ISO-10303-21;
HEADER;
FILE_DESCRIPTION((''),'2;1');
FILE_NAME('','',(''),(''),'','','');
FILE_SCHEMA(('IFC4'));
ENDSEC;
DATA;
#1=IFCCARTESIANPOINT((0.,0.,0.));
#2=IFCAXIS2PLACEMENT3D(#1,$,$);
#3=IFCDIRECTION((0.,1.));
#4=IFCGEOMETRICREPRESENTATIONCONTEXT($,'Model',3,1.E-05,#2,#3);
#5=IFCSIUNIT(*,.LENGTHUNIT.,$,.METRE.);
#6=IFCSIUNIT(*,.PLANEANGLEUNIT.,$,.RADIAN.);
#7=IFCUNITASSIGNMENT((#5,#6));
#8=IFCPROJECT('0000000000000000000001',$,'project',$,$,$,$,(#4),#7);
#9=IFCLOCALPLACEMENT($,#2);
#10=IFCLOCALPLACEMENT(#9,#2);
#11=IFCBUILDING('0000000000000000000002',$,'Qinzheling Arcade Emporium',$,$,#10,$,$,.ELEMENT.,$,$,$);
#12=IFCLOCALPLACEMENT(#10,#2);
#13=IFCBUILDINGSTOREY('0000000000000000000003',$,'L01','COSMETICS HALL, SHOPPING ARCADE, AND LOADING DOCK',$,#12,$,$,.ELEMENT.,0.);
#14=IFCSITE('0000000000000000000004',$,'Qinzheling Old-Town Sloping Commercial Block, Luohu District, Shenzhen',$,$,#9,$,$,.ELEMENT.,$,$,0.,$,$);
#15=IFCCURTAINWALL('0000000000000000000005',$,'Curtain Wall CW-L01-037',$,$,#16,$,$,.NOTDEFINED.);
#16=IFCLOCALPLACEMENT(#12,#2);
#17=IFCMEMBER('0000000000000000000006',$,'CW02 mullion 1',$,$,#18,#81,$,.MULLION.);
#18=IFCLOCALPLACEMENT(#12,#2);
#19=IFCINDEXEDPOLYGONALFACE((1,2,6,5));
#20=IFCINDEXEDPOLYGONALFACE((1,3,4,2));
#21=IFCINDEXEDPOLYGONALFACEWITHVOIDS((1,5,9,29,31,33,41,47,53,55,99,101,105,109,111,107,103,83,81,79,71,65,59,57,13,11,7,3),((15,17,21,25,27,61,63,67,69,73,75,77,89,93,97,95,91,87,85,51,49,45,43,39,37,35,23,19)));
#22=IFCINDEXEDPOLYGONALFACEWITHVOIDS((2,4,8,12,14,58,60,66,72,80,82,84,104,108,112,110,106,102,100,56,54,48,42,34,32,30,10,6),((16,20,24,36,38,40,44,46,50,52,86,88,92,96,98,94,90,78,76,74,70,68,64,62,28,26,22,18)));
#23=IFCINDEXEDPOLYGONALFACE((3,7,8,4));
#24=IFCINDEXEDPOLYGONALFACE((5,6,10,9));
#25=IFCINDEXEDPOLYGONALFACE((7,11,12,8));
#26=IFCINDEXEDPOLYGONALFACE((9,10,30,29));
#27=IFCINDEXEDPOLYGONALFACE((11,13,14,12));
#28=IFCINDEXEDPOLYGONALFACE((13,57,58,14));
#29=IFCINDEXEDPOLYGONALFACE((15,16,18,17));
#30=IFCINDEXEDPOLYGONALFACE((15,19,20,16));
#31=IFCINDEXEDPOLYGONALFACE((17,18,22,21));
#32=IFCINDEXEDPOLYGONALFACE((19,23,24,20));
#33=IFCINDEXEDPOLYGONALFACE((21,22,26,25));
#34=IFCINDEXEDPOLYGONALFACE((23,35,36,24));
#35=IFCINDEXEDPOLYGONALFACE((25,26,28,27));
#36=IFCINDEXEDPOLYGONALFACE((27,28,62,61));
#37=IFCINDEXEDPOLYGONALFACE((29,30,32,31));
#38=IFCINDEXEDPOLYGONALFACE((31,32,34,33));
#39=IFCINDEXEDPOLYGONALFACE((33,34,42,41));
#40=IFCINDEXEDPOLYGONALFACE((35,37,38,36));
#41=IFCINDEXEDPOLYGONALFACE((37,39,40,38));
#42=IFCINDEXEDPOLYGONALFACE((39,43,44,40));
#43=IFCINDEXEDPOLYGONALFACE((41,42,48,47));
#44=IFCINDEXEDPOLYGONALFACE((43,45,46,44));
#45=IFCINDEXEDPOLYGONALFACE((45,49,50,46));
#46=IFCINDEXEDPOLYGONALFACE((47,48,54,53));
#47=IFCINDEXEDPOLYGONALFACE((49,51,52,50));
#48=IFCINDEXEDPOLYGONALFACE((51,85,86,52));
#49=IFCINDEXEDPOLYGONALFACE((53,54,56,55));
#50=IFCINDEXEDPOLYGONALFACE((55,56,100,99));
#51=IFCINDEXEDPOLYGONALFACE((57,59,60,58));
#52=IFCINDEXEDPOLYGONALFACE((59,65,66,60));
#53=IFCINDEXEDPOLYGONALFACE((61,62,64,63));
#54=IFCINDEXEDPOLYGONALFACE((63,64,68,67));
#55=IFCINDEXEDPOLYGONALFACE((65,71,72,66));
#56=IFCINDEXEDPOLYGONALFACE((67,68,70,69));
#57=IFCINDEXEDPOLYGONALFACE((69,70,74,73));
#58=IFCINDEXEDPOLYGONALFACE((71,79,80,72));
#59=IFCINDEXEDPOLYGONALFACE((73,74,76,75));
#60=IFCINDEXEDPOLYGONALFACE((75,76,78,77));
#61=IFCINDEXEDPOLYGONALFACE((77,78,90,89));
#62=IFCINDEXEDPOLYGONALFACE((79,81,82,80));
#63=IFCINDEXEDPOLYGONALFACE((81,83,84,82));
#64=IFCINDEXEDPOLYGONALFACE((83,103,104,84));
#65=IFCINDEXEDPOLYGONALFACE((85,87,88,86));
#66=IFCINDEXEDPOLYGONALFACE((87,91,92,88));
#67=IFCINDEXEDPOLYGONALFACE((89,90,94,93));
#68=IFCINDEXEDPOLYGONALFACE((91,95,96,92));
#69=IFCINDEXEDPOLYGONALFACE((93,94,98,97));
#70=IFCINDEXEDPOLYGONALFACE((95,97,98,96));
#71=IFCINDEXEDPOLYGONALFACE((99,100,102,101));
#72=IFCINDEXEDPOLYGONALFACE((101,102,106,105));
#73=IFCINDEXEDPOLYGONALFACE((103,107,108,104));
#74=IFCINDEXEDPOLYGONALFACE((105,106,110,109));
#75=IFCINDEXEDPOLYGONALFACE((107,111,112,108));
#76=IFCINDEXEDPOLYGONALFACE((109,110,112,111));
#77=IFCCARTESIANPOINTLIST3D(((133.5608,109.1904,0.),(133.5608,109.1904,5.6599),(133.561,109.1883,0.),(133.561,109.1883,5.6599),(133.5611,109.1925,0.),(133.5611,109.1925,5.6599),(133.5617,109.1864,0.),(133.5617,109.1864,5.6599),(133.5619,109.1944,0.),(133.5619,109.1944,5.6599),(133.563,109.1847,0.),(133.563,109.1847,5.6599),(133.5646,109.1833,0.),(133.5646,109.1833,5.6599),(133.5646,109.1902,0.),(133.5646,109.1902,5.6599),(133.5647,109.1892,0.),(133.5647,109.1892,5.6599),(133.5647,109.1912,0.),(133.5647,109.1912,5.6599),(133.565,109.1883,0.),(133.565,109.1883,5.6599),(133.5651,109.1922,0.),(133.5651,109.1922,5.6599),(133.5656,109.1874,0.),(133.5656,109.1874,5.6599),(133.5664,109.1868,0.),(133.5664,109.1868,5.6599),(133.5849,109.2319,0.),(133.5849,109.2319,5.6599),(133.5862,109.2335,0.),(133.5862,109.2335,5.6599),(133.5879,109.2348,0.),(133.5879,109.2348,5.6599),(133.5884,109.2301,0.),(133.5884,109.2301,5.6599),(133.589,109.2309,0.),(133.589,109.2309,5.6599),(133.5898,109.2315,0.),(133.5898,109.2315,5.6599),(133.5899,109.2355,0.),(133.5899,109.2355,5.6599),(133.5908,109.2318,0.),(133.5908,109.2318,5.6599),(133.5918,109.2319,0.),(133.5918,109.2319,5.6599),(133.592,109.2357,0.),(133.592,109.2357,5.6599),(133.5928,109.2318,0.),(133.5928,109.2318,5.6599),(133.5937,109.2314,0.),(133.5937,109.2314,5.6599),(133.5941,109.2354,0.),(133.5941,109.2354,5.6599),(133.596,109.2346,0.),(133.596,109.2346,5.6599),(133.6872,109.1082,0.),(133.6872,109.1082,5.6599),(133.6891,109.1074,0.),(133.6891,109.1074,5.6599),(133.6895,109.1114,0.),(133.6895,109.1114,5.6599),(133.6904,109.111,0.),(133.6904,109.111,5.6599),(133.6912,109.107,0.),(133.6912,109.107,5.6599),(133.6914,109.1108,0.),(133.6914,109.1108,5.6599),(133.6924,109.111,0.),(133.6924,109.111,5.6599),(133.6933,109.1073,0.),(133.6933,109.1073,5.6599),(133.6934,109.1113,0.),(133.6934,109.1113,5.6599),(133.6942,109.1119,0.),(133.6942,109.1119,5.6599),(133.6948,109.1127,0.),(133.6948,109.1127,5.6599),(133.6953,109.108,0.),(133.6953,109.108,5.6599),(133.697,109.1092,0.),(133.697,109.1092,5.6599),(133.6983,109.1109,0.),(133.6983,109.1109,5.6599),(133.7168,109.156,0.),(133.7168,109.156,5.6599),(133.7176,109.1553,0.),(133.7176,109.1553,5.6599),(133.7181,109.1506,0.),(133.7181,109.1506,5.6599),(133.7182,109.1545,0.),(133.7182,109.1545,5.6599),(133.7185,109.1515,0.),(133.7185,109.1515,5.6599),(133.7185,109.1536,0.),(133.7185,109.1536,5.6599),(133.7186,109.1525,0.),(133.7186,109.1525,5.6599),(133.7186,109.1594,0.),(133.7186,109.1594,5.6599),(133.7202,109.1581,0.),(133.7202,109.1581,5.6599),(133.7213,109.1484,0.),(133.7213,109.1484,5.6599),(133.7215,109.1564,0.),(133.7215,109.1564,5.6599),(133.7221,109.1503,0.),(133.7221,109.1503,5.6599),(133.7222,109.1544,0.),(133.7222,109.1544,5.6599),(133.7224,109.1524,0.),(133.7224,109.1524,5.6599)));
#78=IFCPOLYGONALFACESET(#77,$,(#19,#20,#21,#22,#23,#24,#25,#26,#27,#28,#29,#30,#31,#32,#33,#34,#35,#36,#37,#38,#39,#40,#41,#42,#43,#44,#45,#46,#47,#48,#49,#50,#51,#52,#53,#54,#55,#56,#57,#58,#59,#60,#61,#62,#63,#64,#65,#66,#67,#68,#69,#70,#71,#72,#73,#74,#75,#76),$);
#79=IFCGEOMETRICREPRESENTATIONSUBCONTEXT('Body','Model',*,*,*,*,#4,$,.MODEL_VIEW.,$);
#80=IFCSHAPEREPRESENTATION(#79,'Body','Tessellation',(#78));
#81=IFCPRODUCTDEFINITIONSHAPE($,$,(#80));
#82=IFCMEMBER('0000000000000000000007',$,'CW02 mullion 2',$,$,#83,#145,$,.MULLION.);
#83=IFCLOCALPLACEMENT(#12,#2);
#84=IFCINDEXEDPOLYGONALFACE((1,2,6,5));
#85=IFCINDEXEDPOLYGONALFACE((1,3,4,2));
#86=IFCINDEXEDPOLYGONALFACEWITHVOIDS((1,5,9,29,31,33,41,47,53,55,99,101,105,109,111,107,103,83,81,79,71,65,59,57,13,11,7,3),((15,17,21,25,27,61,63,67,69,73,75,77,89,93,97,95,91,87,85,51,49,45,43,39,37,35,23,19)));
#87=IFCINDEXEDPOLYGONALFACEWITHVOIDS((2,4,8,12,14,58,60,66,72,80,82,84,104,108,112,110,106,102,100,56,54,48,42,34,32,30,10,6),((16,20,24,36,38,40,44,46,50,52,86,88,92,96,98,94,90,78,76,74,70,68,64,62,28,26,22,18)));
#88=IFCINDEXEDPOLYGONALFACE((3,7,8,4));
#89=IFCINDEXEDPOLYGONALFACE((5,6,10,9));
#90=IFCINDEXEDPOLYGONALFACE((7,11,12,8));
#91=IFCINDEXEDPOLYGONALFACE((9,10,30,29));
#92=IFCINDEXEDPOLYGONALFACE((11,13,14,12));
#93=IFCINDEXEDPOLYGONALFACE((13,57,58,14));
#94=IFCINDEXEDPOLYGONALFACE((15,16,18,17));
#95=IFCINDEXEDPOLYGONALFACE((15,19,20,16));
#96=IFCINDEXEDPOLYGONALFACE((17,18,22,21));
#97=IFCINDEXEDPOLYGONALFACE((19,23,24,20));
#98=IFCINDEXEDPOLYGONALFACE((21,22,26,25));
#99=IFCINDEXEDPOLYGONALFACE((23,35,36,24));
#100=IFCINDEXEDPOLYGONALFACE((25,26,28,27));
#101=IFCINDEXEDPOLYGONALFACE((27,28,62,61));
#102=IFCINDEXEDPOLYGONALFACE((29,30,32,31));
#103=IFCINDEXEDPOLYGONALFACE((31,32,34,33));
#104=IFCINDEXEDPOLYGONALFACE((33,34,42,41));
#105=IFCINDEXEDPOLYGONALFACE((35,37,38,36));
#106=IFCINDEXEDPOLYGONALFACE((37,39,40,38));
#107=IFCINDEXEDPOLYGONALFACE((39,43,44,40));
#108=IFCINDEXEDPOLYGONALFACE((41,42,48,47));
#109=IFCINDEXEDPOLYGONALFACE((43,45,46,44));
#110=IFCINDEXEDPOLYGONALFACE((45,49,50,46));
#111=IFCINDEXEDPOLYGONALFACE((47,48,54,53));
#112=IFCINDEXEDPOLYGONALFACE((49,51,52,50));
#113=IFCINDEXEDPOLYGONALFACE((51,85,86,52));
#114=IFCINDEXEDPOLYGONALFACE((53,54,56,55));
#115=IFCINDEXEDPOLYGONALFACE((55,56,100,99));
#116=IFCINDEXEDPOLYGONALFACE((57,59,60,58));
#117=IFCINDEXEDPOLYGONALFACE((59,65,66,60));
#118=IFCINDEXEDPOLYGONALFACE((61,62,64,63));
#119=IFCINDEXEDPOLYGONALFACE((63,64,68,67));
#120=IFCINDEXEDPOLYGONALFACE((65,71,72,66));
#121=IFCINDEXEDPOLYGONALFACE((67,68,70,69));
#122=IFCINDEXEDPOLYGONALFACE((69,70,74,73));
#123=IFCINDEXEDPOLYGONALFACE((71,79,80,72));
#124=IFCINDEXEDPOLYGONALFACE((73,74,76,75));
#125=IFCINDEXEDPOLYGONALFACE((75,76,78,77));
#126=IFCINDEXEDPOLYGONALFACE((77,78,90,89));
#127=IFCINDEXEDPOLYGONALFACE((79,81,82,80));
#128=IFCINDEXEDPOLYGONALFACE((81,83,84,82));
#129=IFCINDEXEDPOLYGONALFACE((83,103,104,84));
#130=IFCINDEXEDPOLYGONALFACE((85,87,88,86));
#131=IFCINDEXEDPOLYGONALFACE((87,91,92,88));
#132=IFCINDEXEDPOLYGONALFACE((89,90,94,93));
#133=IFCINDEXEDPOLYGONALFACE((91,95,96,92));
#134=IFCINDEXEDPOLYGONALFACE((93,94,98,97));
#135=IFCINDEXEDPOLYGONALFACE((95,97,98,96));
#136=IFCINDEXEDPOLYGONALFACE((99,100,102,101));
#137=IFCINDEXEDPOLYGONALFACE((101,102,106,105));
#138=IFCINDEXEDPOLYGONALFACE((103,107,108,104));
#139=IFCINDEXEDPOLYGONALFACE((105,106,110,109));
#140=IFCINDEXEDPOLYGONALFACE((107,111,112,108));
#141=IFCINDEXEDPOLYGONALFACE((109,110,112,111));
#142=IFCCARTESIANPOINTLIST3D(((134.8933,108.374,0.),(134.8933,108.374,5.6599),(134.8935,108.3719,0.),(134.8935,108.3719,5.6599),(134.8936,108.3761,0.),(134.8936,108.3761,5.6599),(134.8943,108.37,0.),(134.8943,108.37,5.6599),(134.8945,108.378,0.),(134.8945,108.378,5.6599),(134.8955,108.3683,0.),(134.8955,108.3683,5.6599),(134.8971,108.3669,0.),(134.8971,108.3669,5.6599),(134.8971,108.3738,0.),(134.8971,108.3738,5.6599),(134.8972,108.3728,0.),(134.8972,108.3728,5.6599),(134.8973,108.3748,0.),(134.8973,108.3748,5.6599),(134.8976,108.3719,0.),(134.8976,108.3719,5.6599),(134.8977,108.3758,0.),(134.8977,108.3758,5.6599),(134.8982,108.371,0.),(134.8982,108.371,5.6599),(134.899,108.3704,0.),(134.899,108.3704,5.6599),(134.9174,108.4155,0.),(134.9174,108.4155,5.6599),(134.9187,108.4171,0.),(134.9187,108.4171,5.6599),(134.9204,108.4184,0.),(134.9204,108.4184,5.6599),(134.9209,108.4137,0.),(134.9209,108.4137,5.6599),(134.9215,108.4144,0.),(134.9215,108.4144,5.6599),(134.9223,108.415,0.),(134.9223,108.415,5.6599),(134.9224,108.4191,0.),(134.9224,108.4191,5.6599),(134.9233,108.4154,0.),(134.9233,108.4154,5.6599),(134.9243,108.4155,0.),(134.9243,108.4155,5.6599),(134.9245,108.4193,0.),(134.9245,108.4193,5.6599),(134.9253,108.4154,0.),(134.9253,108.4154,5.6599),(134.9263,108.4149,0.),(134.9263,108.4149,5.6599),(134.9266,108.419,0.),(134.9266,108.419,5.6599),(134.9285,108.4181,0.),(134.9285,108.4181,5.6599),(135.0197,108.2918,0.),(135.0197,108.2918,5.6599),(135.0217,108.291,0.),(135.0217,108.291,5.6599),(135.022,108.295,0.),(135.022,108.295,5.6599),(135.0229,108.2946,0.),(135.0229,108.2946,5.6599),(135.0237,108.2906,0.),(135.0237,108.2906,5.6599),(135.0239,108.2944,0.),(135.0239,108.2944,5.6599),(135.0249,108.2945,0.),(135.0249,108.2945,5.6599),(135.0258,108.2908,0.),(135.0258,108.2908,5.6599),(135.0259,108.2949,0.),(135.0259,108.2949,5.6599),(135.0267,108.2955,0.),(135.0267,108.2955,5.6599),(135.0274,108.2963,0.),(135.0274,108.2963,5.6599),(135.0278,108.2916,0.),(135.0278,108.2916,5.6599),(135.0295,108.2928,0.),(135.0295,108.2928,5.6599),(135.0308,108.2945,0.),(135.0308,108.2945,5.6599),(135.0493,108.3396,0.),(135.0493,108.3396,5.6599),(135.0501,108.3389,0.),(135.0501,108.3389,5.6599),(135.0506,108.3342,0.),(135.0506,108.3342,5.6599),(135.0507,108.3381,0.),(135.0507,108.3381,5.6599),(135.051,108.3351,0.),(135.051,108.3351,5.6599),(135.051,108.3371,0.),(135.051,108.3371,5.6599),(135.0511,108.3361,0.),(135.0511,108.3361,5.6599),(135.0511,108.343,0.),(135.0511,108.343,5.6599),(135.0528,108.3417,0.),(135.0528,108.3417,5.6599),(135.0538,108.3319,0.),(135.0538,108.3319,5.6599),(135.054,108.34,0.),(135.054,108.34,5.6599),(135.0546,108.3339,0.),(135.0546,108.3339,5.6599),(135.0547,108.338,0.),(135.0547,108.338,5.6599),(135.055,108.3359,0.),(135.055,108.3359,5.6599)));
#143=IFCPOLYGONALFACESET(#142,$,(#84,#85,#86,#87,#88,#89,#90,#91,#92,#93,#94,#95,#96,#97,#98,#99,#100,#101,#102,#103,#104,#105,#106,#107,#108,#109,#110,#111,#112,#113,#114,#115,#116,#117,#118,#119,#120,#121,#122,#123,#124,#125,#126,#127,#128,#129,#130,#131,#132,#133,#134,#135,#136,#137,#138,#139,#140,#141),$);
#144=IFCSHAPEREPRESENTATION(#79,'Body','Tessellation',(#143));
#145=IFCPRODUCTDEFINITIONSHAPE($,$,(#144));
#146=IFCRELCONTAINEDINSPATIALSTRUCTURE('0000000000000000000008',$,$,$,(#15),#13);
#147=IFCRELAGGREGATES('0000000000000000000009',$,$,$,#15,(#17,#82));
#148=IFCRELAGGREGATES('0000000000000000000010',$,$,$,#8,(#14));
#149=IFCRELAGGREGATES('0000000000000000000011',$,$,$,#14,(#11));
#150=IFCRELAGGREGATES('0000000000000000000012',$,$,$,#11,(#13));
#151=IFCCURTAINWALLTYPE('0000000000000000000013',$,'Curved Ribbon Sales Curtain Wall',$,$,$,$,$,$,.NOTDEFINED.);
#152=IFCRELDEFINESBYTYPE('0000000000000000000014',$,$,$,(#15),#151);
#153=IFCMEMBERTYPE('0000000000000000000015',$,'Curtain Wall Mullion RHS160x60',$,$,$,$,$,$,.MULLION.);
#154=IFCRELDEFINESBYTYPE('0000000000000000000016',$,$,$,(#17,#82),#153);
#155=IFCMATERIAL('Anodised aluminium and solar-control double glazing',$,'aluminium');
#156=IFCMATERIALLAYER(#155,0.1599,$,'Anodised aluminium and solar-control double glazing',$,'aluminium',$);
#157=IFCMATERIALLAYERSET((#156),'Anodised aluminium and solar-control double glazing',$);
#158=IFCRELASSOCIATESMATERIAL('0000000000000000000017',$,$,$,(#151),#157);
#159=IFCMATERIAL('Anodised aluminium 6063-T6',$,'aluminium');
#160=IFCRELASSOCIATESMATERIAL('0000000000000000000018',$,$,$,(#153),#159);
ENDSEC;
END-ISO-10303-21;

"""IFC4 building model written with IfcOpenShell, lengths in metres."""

from ifc_helpers import new_model, si_unit, direction, frame, origin, origin_2d, place, context, subcontext, project, spatial, hollow_rectangle, extrude, material, layer, layer_set, material_profile, profile_set, type_object, element, aggregate, save


model = new_model("IFC4")

# Units and contexts
model_context = context("Model", 3, precision=1e-05, world=origin(), true_north=direction((0.0, 1.0)))
body_context = subcontext(model_context, "Body", "Model", "MODEL_VIEW")
ifc_project = project(units=[si_unit("LENGTHUNIT", "METRE"), si_unit("PLANEANGLEUNIT", "RADIAN")], contexts=[model_context])

# Site, building, storey
site_placement = place(None, origin())
site = spatial("IfcSite", under=ifc_project, at=site_placement, Name="Qinzheling Old-Town Sloping Commercial Block, Luohu District, Shenzhen", CompositionType="ELEMENT", RefElevation=0.0)
building_placement = place(site_placement, origin())
building = spatial("IfcBuilding", under=site, at=building_placement, Name="Qinzheling Arcade Emporium", CompositionType="ELEMENT")
storey_placement = place(building_placement, origin())
storey = spatial("IfcBuildingStorey", under=building, at=storey_placement, Name="L01", Description="COSMETICS HALL, SHOPPING ARCADE, AND LOADING DOCK", CompositionType="ELEMENT", Elevation=0.0)

# Curtain wall, members
ifc_material_1 = material(Name="Anodised aluminium and solar-control double glazing", Category="aluminium")
ifc_layer_1 = layer(ifc_material_1, 0.1599, Name="Anodised aluminium and solar-control double glazing", Category="aluminium")
ifc_layer_set_1 = layer_set([ifc_layer_1], Name="Anodised aluminium and solar-control double glazing")
curtain_wall_type = type_object("IfcCurtainWallType", Name="Curved Ribbon Sales Curtain Wall", PredefinedType="NOTDEFINED", material=ifc_layer_set_1)
curtain_wall_1_placement = place(storey_placement, origin())
curtain_wall_1 = element("IfcCurtainWall", 1, at=curtain_wall_1_placement, inside=storey, type_object=curtain_wall_type, Name="Curtain Wall CW-L01-037", PredefinedType="NOTDEFINED")
ifc_material_2 = material(Name="Anodised aluminium 6063-T6", Category="aluminium")
ifc_material_profile_1 = material_profile(ifc_material_2, hollow_rectangle(XDim=0.0601, YDim=0.1599, WallThickness=0.0039, InnerFilletRadius=0.0039, OuterFilletRadius=0.0081, at=origin_2d()), Name="RHS 160x60x4", Category="aluminium")
ifc_profile_set_1 = profile_set([ifc_material_profile_1], Name="Anodised aluminium 6063-T6")
member_type_1 = type_object("IfcMemberType", Name="Curtain Wall Mullion RHS160x60", PredefinedType="MULLION", material=ifc_profile_set_1)
member_1_placement = place(storey_placement, frame((133.6416, 109.1714, 0.0), z_axis=(0.0, 0.0, 1.0), x_axis=(0.522415, 0.852691, 0.0)))
member_1 = element("IfcMember", 2, at=member_1_placement, type_object=member_type_1, Name="CW02 mullion 1", PredefinedType="MULLION", context=body_context, shape_type="SweptSolid", body=[
    extrude(hollow_rectangle(XDim=0.0601, YDim=0.1599, WallThickness=0.0039, InnerFilletRadius=0.0039, OuterFilletRadius=0.0081, at=origin_2d()), origin(), (0.0, 0.0, 1.0), 5.6599),
])
member_2_placement = place(storey_placement, frame((134.9741, 108.355, 0.0), z_axis=(0.0, 0.0, 1.0), x_axis=(0.522415, 0.852691, 0.0)))
member_2 = element("IfcMember", 3, at=member_2_placement, type_object=member_type_1, Name="CW02 mullion 2", PredefinedType="MULLION", context=body_context, shape_type="SweptSolid", body=[
    extrude(hollow_rectangle(XDim=0.0601, YDim=0.1599, WallThickness=0.0039, InnerFilletRadius=0.0039, OuterFilletRadius=0.0081, at=origin_2d()), origin(), (0.0, 0.0, 1.0), 5.6599),
])

aggregate(curtain_wall_1, [member_1, member_2])

save(model, "model.ifc")
